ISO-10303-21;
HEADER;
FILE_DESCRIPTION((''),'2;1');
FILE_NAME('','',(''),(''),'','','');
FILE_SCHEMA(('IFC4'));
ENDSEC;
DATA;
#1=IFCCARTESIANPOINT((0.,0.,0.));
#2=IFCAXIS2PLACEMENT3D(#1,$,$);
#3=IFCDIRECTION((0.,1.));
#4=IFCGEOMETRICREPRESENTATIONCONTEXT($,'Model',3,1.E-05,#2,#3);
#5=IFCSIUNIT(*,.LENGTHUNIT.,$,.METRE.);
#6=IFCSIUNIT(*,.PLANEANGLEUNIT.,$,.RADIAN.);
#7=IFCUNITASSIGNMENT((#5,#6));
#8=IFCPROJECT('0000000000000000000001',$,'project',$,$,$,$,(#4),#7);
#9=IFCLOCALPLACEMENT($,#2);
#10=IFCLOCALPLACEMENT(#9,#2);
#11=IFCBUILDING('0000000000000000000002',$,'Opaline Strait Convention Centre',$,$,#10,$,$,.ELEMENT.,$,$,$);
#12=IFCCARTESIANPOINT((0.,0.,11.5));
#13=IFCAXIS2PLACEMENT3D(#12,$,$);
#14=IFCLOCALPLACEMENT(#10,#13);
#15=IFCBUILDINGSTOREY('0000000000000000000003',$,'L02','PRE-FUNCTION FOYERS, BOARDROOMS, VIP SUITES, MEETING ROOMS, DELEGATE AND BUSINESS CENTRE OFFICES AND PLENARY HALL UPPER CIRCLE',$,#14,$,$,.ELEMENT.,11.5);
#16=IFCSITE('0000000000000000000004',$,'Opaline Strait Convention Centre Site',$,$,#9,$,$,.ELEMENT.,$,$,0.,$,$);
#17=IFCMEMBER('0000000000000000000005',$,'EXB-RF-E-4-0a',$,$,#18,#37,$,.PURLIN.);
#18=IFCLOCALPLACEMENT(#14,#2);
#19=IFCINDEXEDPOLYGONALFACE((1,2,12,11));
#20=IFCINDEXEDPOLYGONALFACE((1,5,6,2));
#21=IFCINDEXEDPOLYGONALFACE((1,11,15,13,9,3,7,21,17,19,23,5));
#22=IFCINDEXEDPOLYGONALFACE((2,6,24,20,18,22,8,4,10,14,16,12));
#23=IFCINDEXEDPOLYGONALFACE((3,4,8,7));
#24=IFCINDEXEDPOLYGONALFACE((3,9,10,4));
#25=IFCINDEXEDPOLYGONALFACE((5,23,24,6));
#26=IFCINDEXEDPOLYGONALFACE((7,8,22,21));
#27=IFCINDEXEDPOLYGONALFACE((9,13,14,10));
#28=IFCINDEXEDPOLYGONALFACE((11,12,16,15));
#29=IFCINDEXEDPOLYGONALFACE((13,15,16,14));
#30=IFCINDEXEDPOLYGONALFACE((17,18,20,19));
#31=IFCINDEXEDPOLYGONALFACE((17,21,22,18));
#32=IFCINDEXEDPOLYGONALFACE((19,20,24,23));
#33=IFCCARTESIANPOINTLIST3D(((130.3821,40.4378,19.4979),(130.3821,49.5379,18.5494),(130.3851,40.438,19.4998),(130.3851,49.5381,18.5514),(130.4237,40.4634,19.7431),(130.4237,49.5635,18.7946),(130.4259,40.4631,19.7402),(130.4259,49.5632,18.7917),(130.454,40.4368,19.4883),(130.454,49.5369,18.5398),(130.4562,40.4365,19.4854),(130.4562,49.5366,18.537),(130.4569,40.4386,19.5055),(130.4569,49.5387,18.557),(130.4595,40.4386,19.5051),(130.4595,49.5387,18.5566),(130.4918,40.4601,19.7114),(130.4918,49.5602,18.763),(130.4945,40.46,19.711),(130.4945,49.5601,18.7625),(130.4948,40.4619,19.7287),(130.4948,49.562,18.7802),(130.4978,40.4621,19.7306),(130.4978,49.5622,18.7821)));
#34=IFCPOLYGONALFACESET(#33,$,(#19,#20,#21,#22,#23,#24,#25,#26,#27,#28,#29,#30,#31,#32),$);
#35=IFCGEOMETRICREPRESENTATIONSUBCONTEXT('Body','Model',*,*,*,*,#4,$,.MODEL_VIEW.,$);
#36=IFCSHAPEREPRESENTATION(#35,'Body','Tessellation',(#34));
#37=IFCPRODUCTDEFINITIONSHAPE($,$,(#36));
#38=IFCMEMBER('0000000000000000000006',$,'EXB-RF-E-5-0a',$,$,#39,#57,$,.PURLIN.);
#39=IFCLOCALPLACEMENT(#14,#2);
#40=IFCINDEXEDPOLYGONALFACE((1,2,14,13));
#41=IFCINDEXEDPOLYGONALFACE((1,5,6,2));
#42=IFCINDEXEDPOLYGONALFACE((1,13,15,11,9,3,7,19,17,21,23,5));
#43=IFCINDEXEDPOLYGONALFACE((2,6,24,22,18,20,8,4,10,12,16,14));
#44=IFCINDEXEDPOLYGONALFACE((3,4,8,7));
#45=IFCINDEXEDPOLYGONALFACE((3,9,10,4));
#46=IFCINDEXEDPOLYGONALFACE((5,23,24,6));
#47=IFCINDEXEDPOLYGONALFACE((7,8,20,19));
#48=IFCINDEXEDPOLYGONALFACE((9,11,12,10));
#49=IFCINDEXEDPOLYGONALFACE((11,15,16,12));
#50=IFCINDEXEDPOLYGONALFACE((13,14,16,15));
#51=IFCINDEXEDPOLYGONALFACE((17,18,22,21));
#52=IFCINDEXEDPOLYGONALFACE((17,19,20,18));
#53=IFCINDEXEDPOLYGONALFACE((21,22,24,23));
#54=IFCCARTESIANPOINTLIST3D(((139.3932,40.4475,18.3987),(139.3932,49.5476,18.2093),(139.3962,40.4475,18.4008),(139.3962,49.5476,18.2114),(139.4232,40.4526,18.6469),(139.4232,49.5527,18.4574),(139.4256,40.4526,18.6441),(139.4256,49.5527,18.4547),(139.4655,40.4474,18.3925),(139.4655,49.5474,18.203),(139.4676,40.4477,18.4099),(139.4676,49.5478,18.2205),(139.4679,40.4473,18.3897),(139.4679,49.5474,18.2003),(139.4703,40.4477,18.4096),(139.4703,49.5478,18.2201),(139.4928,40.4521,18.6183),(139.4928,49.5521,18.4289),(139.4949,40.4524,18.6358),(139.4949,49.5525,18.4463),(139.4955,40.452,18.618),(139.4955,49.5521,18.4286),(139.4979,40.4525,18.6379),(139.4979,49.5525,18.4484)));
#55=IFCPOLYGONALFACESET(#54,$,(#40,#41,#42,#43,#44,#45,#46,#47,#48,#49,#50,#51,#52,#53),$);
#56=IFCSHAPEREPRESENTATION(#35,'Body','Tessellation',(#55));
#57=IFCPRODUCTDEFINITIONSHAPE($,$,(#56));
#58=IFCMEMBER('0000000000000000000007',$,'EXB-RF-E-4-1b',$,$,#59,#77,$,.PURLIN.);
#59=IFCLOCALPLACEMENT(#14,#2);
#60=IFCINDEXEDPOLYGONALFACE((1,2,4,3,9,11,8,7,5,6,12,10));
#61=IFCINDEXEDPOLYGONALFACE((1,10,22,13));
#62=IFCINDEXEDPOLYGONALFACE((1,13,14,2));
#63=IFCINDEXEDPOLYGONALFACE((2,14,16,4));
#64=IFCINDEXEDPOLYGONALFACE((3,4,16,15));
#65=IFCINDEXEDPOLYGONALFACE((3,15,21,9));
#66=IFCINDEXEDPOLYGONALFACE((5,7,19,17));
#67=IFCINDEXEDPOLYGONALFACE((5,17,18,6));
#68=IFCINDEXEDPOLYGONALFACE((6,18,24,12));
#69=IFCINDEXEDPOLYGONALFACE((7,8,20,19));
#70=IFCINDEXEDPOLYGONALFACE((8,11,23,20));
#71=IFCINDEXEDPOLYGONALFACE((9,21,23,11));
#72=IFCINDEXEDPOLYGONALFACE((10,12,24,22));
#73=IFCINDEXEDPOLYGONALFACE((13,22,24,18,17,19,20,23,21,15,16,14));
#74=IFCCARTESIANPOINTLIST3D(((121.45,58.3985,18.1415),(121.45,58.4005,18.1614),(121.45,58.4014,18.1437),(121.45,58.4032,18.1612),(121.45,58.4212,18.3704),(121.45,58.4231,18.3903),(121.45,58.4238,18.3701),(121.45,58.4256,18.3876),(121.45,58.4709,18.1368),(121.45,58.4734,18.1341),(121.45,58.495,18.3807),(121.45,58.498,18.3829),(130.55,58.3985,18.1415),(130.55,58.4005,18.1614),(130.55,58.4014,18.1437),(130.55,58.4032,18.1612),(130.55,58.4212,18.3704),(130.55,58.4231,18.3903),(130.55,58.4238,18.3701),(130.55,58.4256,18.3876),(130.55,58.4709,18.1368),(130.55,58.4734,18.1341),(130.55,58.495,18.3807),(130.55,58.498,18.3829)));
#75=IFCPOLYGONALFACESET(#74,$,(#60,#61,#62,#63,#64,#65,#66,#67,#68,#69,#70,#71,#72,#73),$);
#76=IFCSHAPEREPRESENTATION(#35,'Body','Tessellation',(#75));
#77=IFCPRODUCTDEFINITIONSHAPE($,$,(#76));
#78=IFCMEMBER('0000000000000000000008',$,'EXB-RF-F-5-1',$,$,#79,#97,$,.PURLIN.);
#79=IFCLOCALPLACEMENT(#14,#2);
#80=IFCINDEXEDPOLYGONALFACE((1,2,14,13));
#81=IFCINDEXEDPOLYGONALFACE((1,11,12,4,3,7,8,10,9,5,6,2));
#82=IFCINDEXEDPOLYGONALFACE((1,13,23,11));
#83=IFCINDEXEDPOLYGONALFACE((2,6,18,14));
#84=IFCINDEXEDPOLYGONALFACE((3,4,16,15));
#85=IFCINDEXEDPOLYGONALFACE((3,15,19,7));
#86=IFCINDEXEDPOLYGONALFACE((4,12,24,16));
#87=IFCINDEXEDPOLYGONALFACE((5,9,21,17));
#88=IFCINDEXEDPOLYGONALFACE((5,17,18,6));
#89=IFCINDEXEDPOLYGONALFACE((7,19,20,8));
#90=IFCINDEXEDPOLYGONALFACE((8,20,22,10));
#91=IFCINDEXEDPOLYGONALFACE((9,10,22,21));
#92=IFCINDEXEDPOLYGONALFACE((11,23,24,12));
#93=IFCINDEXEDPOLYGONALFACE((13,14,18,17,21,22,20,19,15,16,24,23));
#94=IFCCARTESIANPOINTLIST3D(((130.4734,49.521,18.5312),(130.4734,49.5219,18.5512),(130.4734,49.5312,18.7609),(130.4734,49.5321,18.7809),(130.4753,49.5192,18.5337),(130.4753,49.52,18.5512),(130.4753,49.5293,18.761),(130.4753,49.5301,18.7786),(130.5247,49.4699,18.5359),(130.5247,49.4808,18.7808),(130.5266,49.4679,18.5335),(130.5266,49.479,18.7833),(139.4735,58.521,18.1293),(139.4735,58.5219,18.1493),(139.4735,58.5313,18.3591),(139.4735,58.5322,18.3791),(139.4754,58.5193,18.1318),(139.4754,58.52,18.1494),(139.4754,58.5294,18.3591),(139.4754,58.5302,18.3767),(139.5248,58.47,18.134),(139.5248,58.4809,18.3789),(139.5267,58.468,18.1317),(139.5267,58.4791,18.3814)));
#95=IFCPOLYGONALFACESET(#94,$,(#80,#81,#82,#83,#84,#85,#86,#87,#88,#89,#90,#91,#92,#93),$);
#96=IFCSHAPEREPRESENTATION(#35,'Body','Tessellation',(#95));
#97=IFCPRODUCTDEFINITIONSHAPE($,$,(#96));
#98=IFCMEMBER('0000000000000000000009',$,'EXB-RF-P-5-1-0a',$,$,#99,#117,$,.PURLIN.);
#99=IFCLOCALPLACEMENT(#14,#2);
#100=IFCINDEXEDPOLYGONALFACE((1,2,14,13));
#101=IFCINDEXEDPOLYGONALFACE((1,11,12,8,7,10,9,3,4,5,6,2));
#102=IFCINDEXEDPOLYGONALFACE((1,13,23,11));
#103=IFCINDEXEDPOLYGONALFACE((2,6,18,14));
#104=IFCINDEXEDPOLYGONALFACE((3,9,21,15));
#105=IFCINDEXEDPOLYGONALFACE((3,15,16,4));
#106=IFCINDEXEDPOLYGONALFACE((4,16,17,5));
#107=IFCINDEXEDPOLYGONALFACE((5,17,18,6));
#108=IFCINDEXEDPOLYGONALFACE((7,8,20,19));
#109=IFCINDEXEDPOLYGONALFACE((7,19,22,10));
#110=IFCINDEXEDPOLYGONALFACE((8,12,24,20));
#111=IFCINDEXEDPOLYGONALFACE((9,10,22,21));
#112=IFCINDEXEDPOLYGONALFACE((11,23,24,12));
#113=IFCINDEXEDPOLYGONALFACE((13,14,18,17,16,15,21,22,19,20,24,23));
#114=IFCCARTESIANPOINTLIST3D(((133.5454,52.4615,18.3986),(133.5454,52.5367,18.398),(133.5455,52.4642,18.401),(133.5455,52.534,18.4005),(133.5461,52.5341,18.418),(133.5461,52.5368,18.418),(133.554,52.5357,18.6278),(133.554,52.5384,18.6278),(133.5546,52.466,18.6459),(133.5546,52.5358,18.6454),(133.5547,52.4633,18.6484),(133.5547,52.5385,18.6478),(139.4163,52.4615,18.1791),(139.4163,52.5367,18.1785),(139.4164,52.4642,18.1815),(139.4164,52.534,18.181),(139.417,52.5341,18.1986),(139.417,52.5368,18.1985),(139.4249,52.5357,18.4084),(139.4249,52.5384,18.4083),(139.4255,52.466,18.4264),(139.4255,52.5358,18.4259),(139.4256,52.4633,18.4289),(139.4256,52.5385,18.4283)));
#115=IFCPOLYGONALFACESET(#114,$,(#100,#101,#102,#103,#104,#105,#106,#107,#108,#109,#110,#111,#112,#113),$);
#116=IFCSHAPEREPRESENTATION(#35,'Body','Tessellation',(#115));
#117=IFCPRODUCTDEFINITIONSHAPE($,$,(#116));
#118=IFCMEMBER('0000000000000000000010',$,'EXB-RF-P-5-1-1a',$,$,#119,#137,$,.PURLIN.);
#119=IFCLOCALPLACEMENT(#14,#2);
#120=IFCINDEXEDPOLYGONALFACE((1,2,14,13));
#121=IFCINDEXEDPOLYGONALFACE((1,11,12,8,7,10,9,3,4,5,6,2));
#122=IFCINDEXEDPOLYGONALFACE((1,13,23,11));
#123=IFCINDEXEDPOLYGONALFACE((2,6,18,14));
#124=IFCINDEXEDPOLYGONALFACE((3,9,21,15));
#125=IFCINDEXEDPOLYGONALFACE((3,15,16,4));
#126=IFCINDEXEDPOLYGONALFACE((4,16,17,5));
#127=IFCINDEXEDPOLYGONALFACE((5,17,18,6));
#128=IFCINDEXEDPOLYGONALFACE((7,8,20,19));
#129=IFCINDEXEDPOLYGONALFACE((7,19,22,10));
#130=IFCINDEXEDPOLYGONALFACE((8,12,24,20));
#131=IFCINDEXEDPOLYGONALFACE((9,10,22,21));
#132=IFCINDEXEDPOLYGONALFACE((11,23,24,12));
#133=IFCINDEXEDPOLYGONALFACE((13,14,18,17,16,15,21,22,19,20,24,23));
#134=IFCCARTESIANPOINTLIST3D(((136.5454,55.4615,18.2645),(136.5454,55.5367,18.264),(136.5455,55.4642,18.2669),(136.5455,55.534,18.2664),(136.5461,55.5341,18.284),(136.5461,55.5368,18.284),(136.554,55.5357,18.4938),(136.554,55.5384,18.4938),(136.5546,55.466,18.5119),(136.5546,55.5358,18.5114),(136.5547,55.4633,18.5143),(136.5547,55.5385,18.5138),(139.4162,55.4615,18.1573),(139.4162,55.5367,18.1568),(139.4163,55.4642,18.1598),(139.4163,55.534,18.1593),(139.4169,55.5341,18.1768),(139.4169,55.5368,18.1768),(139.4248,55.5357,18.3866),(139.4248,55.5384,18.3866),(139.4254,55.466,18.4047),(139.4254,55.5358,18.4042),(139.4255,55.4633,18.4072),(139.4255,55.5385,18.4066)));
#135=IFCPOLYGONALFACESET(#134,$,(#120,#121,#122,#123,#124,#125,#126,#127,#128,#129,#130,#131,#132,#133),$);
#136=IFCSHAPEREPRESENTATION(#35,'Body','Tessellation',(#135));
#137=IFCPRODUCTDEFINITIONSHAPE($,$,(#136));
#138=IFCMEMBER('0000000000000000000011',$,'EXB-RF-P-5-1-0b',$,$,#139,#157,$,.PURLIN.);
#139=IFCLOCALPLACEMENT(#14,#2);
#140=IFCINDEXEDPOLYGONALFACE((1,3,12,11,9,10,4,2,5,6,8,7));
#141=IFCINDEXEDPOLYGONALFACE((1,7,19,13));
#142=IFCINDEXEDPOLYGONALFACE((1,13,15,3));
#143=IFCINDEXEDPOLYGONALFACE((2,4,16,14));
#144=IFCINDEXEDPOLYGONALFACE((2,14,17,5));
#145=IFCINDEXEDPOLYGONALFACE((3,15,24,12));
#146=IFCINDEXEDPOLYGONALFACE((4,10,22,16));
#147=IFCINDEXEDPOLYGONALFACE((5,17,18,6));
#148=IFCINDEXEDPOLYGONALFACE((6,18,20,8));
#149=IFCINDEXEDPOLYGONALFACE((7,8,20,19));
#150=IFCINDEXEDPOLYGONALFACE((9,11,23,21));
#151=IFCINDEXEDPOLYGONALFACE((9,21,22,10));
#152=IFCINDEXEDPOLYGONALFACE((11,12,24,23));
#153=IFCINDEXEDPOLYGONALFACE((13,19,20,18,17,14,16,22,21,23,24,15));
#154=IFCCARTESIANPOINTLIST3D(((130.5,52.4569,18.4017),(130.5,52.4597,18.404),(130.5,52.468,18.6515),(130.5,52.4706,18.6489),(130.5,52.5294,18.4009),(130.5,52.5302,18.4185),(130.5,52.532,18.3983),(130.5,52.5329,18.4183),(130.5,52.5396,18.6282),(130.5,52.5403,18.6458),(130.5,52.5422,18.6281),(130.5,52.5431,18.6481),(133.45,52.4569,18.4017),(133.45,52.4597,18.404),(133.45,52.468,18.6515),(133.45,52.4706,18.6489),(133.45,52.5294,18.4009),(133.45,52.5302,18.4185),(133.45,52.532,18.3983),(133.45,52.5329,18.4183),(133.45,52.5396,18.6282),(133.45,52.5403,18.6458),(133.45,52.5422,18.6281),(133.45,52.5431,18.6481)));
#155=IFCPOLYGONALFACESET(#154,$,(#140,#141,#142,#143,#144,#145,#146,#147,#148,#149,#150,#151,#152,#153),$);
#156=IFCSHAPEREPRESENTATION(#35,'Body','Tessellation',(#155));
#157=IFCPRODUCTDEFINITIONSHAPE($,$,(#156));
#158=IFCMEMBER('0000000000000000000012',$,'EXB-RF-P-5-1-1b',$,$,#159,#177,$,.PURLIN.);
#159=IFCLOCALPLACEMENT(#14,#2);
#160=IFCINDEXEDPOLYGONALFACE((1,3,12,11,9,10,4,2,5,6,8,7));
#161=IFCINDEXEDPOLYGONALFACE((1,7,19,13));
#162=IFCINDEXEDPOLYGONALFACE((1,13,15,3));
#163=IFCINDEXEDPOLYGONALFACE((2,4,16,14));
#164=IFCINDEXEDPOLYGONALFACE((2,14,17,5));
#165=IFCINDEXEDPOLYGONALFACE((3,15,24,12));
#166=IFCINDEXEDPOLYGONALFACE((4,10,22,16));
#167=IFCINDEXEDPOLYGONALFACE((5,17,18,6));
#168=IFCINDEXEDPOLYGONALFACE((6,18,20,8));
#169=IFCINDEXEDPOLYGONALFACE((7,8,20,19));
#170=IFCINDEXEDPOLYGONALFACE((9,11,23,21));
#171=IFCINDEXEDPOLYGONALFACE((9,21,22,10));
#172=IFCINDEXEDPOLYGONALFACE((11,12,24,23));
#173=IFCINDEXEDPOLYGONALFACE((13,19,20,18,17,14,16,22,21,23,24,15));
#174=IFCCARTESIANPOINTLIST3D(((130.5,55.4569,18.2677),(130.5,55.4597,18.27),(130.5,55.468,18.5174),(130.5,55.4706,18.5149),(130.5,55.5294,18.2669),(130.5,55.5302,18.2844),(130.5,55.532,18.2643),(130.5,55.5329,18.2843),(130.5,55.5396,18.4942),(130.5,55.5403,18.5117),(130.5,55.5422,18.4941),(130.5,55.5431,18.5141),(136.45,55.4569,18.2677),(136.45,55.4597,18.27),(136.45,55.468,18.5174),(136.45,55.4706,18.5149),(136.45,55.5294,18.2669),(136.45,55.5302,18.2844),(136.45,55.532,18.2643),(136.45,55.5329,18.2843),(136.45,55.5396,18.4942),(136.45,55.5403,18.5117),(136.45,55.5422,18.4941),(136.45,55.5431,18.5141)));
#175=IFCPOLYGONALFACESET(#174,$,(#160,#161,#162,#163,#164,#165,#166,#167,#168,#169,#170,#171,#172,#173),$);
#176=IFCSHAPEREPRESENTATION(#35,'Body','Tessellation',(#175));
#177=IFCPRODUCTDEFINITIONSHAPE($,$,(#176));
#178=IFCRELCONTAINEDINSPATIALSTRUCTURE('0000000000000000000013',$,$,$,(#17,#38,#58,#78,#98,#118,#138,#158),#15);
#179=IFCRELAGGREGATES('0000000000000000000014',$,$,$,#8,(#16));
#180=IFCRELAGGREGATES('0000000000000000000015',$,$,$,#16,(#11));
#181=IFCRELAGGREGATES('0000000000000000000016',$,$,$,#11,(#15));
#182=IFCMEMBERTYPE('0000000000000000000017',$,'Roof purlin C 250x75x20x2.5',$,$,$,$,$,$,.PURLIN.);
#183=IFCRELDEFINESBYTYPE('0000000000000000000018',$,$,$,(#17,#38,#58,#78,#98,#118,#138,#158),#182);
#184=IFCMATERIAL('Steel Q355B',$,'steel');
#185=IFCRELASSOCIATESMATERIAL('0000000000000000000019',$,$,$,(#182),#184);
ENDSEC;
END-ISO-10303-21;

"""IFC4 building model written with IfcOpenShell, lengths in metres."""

from ifc_helpers import new_model, si_unit, direction, frame, origin, place, context, subcontext, project, spatial, polyline, outline, extrude, material, material_profile, profile_set, type_object, element, save


model = new_model("IFC4")

# Units and contexts
model_context = context("Model", 3, precision=1e-05, world=origin(), true_north=direction((0.0, 1.0)))
body_context = subcontext(model_context, "Body", "Model", "MODEL_VIEW")
ifc_project = project(units=[si_unit("LENGTHUNIT", "METRE"), si_unit("PLANEANGLEUNIT", "RADIAN")], contexts=[model_context])

# Site, building, storey
site_placement = place(None, origin())
site = spatial("IfcSite", under=ifc_project, at=site_placement, Name="Opaline Strait Convention Centre Site", CompositionType="ELEMENT", RefElevation=0.0)
building_placement = place(site_placement, origin())
building = spatial("IfcBuilding", under=site, at=building_placement, Name="Opaline Strait Convention Centre", CompositionType="ELEMENT")
storey_placement = place(building_placement, frame((0.0, 0.0, 11.5)))
storey = spatial("IfcBuildingStorey", under=building, at=storey_placement, Name="L02", Description="PRE-FUNCTION FOYERS, BOARDROOMS, VIP SUITES, MEETING ROOMS, DELEGATE AND BUSINESS CENTRE OFFICES AND PLENARY HALL UPPER CIRCLE", CompositionType="ELEMENT", Elevation=11.5)

# Members
ifc_material_1 = material(Name="Steel Q355B", Category="steel")
ifc_material_profile_1 = material_profile(ifc_material_1, outline(polyline([(-0.0376, -0.125), (0.0376, -0.125), (0.0376, -0.105), (0.0349, -0.105), (0.0349, -0.1226), (-0.0349, -0.1226), (-0.0349, 0.1226), (0.0349, 0.1226), (0.0349, 0.105), (0.0376, 0.105), (0.0376, 0.125), (-0.0376, 0.125), (-0.0376, -0.125)])), Name="C 250x75x20x2.5")
ifc_profile_set_1 = profile_set([ifc_material_profile_1], Name="Steel Q355B")
member_type_1 = type_object("IfcMemberType", Name="Roof purlin C 250x75x20x2.5", PredefinedType="PURLIN", material=ifc_profile_set_1)
member_1_placement = place(storey_placement, frame((130.4399, 49.55, 18.6658), z_axis=(0.0, -0.994612, 0.103667), x_axis=(0.986052, -0.017254, -0.165542)))
element("IfcMember", 1, at=member_1_placement, inside=storey, type_object=member_type_1, Name="EXB-RF-E-4-0a", PredefinedType="PURLIN", context=body_context, shape_type="SweptSolid", body=[
    extrude(outline(polyline([(-0.0376, -0.125), (0.0376, -0.125), (0.0376, -0.105), (0.0349, -0.105), (0.0349, -0.1226), (-0.0349, -0.1226), (-0.0349, 0.1226), (0.0349, 0.1226), (0.0349, 0.105), (0.0376, 0.105), (0.0376, 0.125), (-0.0376, 0.125), (-0.0376, -0.125)])), origin(), (0.0, 0.0, 1.0), 9.1494),
])
member_2_placement = place(storey_placement, frame((139.4456, 49.55, 18.3289), z_axis=(0.0, -0.999783, 0.020814), x_axis=(0.992786, -0.002496, -0.11987)))
element("IfcMember", 2, at=member_2_placement, inside=storey, type_object=member_type_1, Name="EXB-RF-E-5-0a", PredefinedType="PURLIN", context=body_context, shape_type="SweptSolid", body=[
    extrude(outline(polyline([(-0.0376, -0.125), (0.0376, -0.125), (0.0376, -0.105), (0.0349, -0.105), (0.0349, -0.1226), (-0.0349, -0.1226), (-0.0349, 0.1226), (0.0349, 0.1226), (0.0349, 0.105), (0.0376, 0.105), (0.0376, 0.125), (-0.0376, 0.125), (-0.0376, -0.125)])), origin(), (0.0, 0.0, 1.0), 9.1021),
])
member_3_placement = place(storey_placement, frame((130.55, 58.4482, 18.2622), z_axis=(-1.0, 0.0, 0.0), x_axis=(0.0, -0.995149, 0.098378)))
element("IfcMember", 3, at=member_3_placement, inside=storey, type_object=member_type_1, Name="EXB-RF-E-4-1b", PredefinedType="PURLIN", context=body_context, shape_type="SweptSolid", body=[
    extrude(outline(polyline([(-0.0376, -0.125), (0.0376, -0.125), (0.0376, -0.105), (0.0349, -0.105), (0.0349, -0.1226), (-0.0349, -0.1226), (-0.0349, 0.1226), (0.0349, 0.1226), (0.0349, 0.105), (0.0376, 0.105), (0.0376, 0.125), (-0.0376, 0.125), (-0.0376, -0.125)])), origin(), (0.0, 0.0, 1.0), 9.1001),
])
member_4_placement = place(storey_placement, frame((130.5, 49.5, 18.6572), z_axis=(0.706755, 0.706755, -0.031557), x_axis=(-0.707459, 0.706051, -0.031526)))
element("IfcMember", 4, at=member_4_placement, inside=storey, type_object=member_type_1, Name="EXB-RF-F-5-1", PredefinedType="PURLIN", context=body_context, shape_type="SweptSolid", body=[
    extrude(outline(polyline([(-0.0376, -0.125), (0.0376, -0.125), (0.0376, -0.105), (0.0349, -0.105), (0.0349, -0.1226), (-0.0349, -0.1226), (-0.0349, 0.1226), (0.0349, 0.1226), (0.0349, 0.105), (0.0376, 0.105), (0.0376, 0.125), (-0.0376, 0.125), (-0.0376, -0.125)])), origin(), (0.0, 0.0, 1.0), 12.7344),
])
member_5_placement = place(storey_placement, frame((133.55, 52.5, 18.5232), z_axis=(0.999302, 0.0, -0.037359), x_axis=(-0.000272, 0.999974, -0.007269)))
element("IfcMember", 5, at=member_5_placement, inside=storey, type_object=member_type_1, Name="EXB-RF-P-5-1-0a", PredefinedType="PURLIN", context=body_context, shape_type="SweptSolid", body=[
    extrude(outline(polyline([(-0.0376, -0.125), (0.0376, -0.125), (0.0376, -0.105), (0.0349, -0.105), (0.0349, -0.1226), (-0.0349, -0.1226), (-0.0349, 0.1226), (0.0349, 0.1226), (0.0349, 0.105), (0.0376, 0.105), (0.0376, 0.125), (-0.0376, 0.125), (-0.0376, -0.125)])), origin(), (0.0, 0.0, 1.0), 5.875),
])
member_6_placement = place(storey_placement, frame((136.55, 55.5, 18.3892), z_axis=(0.999304, 0.0, -0.037307), x_axis=(-0.000271, 0.999974, -0.007269)))
element("IfcMember", 6, at=member_6_placement, inside=storey, type_object=member_type_1, Name="EXB-RF-P-5-1-1a", PredefinedType="PURLIN", context=body_context, shape_type="SweptSolid", body=[
    extrude(outline(polyline([(-0.0376, -0.125), (0.0376, -0.125), (0.0376, -0.105), (0.0349, -0.105), (0.0349, -0.1226), (-0.0349, -0.1226), (-0.0349, 0.1226), (0.0349, 0.1226), (0.0349, 0.105), (0.0376, 0.105), (0.0376, 0.125), (-0.0376, 0.125), (-0.0376, -0.125)])), origin(), (0.0, 0.0, 1.0), 2.8728),
])
member_7_placement = place(storey_placement, frame((130.5, 52.5, 18.5249), z_axis=(1.0, 0.0, 0.0), x_axis=(0.0, 0.999005, -0.044606)))
element("IfcMember", 7, at=member_7_placement, inside=storey, type_object=member_type_1, Name="EXB-RF-P-5-1-0b", PredefinedType="PURLIN", context=body_context, shape_type="SweptSolid", body=[
    extrude(outline(polyline([(-0.0376, -0.125), (0.0376, -0.125), (0.0376, -0.105), (0.0349, -0.105), (0.0349, -0.1226), (-0.0349, -0.1226), (-0.0349, 0.1226), (0.0349, 0.1226), (0.0349, 0.105), (0.0376, 0.105), (0.0376, 0.125), (-0.0376, 0.125), (-0.0376, -0.125)])), origin(), (0.0, 0.0, 1.0), 2.95),
])
member_8_placement = place(storey_placement, frame((130.5, 55.5, 18.3909), z_axis=(1.0, 0.0, 0.0), x_axis=(0.0, 0.999005, -0.044606)))
element("IfcMember", 8, at=member_8_placement, inside=storey, type_object=member_type_1, Name="EXB-RF-P-5-1-1b", PredefinedType="PURLIN", context=body_context, shape_type="SweptSolid", body=[
    extrude(outline(polyline([(-0.0376, -0.125), (0.0376, -0.125), (0.0376, -0.105), (0.0349, -0.105), (0.0349, -0.1226), (-0.0349, -0.1226), (-0.0349, 0.1226), (0.0349, 0.1226), (0.0349, 0.105), (0.0376, 0.105), (0.0376, 0.125), (-0.0376, 0.125), (-0.0376, -0.125)])), origin(), (0.0, 0.0, 1.0), 5.95),
])

save(model, "model.ifc")
